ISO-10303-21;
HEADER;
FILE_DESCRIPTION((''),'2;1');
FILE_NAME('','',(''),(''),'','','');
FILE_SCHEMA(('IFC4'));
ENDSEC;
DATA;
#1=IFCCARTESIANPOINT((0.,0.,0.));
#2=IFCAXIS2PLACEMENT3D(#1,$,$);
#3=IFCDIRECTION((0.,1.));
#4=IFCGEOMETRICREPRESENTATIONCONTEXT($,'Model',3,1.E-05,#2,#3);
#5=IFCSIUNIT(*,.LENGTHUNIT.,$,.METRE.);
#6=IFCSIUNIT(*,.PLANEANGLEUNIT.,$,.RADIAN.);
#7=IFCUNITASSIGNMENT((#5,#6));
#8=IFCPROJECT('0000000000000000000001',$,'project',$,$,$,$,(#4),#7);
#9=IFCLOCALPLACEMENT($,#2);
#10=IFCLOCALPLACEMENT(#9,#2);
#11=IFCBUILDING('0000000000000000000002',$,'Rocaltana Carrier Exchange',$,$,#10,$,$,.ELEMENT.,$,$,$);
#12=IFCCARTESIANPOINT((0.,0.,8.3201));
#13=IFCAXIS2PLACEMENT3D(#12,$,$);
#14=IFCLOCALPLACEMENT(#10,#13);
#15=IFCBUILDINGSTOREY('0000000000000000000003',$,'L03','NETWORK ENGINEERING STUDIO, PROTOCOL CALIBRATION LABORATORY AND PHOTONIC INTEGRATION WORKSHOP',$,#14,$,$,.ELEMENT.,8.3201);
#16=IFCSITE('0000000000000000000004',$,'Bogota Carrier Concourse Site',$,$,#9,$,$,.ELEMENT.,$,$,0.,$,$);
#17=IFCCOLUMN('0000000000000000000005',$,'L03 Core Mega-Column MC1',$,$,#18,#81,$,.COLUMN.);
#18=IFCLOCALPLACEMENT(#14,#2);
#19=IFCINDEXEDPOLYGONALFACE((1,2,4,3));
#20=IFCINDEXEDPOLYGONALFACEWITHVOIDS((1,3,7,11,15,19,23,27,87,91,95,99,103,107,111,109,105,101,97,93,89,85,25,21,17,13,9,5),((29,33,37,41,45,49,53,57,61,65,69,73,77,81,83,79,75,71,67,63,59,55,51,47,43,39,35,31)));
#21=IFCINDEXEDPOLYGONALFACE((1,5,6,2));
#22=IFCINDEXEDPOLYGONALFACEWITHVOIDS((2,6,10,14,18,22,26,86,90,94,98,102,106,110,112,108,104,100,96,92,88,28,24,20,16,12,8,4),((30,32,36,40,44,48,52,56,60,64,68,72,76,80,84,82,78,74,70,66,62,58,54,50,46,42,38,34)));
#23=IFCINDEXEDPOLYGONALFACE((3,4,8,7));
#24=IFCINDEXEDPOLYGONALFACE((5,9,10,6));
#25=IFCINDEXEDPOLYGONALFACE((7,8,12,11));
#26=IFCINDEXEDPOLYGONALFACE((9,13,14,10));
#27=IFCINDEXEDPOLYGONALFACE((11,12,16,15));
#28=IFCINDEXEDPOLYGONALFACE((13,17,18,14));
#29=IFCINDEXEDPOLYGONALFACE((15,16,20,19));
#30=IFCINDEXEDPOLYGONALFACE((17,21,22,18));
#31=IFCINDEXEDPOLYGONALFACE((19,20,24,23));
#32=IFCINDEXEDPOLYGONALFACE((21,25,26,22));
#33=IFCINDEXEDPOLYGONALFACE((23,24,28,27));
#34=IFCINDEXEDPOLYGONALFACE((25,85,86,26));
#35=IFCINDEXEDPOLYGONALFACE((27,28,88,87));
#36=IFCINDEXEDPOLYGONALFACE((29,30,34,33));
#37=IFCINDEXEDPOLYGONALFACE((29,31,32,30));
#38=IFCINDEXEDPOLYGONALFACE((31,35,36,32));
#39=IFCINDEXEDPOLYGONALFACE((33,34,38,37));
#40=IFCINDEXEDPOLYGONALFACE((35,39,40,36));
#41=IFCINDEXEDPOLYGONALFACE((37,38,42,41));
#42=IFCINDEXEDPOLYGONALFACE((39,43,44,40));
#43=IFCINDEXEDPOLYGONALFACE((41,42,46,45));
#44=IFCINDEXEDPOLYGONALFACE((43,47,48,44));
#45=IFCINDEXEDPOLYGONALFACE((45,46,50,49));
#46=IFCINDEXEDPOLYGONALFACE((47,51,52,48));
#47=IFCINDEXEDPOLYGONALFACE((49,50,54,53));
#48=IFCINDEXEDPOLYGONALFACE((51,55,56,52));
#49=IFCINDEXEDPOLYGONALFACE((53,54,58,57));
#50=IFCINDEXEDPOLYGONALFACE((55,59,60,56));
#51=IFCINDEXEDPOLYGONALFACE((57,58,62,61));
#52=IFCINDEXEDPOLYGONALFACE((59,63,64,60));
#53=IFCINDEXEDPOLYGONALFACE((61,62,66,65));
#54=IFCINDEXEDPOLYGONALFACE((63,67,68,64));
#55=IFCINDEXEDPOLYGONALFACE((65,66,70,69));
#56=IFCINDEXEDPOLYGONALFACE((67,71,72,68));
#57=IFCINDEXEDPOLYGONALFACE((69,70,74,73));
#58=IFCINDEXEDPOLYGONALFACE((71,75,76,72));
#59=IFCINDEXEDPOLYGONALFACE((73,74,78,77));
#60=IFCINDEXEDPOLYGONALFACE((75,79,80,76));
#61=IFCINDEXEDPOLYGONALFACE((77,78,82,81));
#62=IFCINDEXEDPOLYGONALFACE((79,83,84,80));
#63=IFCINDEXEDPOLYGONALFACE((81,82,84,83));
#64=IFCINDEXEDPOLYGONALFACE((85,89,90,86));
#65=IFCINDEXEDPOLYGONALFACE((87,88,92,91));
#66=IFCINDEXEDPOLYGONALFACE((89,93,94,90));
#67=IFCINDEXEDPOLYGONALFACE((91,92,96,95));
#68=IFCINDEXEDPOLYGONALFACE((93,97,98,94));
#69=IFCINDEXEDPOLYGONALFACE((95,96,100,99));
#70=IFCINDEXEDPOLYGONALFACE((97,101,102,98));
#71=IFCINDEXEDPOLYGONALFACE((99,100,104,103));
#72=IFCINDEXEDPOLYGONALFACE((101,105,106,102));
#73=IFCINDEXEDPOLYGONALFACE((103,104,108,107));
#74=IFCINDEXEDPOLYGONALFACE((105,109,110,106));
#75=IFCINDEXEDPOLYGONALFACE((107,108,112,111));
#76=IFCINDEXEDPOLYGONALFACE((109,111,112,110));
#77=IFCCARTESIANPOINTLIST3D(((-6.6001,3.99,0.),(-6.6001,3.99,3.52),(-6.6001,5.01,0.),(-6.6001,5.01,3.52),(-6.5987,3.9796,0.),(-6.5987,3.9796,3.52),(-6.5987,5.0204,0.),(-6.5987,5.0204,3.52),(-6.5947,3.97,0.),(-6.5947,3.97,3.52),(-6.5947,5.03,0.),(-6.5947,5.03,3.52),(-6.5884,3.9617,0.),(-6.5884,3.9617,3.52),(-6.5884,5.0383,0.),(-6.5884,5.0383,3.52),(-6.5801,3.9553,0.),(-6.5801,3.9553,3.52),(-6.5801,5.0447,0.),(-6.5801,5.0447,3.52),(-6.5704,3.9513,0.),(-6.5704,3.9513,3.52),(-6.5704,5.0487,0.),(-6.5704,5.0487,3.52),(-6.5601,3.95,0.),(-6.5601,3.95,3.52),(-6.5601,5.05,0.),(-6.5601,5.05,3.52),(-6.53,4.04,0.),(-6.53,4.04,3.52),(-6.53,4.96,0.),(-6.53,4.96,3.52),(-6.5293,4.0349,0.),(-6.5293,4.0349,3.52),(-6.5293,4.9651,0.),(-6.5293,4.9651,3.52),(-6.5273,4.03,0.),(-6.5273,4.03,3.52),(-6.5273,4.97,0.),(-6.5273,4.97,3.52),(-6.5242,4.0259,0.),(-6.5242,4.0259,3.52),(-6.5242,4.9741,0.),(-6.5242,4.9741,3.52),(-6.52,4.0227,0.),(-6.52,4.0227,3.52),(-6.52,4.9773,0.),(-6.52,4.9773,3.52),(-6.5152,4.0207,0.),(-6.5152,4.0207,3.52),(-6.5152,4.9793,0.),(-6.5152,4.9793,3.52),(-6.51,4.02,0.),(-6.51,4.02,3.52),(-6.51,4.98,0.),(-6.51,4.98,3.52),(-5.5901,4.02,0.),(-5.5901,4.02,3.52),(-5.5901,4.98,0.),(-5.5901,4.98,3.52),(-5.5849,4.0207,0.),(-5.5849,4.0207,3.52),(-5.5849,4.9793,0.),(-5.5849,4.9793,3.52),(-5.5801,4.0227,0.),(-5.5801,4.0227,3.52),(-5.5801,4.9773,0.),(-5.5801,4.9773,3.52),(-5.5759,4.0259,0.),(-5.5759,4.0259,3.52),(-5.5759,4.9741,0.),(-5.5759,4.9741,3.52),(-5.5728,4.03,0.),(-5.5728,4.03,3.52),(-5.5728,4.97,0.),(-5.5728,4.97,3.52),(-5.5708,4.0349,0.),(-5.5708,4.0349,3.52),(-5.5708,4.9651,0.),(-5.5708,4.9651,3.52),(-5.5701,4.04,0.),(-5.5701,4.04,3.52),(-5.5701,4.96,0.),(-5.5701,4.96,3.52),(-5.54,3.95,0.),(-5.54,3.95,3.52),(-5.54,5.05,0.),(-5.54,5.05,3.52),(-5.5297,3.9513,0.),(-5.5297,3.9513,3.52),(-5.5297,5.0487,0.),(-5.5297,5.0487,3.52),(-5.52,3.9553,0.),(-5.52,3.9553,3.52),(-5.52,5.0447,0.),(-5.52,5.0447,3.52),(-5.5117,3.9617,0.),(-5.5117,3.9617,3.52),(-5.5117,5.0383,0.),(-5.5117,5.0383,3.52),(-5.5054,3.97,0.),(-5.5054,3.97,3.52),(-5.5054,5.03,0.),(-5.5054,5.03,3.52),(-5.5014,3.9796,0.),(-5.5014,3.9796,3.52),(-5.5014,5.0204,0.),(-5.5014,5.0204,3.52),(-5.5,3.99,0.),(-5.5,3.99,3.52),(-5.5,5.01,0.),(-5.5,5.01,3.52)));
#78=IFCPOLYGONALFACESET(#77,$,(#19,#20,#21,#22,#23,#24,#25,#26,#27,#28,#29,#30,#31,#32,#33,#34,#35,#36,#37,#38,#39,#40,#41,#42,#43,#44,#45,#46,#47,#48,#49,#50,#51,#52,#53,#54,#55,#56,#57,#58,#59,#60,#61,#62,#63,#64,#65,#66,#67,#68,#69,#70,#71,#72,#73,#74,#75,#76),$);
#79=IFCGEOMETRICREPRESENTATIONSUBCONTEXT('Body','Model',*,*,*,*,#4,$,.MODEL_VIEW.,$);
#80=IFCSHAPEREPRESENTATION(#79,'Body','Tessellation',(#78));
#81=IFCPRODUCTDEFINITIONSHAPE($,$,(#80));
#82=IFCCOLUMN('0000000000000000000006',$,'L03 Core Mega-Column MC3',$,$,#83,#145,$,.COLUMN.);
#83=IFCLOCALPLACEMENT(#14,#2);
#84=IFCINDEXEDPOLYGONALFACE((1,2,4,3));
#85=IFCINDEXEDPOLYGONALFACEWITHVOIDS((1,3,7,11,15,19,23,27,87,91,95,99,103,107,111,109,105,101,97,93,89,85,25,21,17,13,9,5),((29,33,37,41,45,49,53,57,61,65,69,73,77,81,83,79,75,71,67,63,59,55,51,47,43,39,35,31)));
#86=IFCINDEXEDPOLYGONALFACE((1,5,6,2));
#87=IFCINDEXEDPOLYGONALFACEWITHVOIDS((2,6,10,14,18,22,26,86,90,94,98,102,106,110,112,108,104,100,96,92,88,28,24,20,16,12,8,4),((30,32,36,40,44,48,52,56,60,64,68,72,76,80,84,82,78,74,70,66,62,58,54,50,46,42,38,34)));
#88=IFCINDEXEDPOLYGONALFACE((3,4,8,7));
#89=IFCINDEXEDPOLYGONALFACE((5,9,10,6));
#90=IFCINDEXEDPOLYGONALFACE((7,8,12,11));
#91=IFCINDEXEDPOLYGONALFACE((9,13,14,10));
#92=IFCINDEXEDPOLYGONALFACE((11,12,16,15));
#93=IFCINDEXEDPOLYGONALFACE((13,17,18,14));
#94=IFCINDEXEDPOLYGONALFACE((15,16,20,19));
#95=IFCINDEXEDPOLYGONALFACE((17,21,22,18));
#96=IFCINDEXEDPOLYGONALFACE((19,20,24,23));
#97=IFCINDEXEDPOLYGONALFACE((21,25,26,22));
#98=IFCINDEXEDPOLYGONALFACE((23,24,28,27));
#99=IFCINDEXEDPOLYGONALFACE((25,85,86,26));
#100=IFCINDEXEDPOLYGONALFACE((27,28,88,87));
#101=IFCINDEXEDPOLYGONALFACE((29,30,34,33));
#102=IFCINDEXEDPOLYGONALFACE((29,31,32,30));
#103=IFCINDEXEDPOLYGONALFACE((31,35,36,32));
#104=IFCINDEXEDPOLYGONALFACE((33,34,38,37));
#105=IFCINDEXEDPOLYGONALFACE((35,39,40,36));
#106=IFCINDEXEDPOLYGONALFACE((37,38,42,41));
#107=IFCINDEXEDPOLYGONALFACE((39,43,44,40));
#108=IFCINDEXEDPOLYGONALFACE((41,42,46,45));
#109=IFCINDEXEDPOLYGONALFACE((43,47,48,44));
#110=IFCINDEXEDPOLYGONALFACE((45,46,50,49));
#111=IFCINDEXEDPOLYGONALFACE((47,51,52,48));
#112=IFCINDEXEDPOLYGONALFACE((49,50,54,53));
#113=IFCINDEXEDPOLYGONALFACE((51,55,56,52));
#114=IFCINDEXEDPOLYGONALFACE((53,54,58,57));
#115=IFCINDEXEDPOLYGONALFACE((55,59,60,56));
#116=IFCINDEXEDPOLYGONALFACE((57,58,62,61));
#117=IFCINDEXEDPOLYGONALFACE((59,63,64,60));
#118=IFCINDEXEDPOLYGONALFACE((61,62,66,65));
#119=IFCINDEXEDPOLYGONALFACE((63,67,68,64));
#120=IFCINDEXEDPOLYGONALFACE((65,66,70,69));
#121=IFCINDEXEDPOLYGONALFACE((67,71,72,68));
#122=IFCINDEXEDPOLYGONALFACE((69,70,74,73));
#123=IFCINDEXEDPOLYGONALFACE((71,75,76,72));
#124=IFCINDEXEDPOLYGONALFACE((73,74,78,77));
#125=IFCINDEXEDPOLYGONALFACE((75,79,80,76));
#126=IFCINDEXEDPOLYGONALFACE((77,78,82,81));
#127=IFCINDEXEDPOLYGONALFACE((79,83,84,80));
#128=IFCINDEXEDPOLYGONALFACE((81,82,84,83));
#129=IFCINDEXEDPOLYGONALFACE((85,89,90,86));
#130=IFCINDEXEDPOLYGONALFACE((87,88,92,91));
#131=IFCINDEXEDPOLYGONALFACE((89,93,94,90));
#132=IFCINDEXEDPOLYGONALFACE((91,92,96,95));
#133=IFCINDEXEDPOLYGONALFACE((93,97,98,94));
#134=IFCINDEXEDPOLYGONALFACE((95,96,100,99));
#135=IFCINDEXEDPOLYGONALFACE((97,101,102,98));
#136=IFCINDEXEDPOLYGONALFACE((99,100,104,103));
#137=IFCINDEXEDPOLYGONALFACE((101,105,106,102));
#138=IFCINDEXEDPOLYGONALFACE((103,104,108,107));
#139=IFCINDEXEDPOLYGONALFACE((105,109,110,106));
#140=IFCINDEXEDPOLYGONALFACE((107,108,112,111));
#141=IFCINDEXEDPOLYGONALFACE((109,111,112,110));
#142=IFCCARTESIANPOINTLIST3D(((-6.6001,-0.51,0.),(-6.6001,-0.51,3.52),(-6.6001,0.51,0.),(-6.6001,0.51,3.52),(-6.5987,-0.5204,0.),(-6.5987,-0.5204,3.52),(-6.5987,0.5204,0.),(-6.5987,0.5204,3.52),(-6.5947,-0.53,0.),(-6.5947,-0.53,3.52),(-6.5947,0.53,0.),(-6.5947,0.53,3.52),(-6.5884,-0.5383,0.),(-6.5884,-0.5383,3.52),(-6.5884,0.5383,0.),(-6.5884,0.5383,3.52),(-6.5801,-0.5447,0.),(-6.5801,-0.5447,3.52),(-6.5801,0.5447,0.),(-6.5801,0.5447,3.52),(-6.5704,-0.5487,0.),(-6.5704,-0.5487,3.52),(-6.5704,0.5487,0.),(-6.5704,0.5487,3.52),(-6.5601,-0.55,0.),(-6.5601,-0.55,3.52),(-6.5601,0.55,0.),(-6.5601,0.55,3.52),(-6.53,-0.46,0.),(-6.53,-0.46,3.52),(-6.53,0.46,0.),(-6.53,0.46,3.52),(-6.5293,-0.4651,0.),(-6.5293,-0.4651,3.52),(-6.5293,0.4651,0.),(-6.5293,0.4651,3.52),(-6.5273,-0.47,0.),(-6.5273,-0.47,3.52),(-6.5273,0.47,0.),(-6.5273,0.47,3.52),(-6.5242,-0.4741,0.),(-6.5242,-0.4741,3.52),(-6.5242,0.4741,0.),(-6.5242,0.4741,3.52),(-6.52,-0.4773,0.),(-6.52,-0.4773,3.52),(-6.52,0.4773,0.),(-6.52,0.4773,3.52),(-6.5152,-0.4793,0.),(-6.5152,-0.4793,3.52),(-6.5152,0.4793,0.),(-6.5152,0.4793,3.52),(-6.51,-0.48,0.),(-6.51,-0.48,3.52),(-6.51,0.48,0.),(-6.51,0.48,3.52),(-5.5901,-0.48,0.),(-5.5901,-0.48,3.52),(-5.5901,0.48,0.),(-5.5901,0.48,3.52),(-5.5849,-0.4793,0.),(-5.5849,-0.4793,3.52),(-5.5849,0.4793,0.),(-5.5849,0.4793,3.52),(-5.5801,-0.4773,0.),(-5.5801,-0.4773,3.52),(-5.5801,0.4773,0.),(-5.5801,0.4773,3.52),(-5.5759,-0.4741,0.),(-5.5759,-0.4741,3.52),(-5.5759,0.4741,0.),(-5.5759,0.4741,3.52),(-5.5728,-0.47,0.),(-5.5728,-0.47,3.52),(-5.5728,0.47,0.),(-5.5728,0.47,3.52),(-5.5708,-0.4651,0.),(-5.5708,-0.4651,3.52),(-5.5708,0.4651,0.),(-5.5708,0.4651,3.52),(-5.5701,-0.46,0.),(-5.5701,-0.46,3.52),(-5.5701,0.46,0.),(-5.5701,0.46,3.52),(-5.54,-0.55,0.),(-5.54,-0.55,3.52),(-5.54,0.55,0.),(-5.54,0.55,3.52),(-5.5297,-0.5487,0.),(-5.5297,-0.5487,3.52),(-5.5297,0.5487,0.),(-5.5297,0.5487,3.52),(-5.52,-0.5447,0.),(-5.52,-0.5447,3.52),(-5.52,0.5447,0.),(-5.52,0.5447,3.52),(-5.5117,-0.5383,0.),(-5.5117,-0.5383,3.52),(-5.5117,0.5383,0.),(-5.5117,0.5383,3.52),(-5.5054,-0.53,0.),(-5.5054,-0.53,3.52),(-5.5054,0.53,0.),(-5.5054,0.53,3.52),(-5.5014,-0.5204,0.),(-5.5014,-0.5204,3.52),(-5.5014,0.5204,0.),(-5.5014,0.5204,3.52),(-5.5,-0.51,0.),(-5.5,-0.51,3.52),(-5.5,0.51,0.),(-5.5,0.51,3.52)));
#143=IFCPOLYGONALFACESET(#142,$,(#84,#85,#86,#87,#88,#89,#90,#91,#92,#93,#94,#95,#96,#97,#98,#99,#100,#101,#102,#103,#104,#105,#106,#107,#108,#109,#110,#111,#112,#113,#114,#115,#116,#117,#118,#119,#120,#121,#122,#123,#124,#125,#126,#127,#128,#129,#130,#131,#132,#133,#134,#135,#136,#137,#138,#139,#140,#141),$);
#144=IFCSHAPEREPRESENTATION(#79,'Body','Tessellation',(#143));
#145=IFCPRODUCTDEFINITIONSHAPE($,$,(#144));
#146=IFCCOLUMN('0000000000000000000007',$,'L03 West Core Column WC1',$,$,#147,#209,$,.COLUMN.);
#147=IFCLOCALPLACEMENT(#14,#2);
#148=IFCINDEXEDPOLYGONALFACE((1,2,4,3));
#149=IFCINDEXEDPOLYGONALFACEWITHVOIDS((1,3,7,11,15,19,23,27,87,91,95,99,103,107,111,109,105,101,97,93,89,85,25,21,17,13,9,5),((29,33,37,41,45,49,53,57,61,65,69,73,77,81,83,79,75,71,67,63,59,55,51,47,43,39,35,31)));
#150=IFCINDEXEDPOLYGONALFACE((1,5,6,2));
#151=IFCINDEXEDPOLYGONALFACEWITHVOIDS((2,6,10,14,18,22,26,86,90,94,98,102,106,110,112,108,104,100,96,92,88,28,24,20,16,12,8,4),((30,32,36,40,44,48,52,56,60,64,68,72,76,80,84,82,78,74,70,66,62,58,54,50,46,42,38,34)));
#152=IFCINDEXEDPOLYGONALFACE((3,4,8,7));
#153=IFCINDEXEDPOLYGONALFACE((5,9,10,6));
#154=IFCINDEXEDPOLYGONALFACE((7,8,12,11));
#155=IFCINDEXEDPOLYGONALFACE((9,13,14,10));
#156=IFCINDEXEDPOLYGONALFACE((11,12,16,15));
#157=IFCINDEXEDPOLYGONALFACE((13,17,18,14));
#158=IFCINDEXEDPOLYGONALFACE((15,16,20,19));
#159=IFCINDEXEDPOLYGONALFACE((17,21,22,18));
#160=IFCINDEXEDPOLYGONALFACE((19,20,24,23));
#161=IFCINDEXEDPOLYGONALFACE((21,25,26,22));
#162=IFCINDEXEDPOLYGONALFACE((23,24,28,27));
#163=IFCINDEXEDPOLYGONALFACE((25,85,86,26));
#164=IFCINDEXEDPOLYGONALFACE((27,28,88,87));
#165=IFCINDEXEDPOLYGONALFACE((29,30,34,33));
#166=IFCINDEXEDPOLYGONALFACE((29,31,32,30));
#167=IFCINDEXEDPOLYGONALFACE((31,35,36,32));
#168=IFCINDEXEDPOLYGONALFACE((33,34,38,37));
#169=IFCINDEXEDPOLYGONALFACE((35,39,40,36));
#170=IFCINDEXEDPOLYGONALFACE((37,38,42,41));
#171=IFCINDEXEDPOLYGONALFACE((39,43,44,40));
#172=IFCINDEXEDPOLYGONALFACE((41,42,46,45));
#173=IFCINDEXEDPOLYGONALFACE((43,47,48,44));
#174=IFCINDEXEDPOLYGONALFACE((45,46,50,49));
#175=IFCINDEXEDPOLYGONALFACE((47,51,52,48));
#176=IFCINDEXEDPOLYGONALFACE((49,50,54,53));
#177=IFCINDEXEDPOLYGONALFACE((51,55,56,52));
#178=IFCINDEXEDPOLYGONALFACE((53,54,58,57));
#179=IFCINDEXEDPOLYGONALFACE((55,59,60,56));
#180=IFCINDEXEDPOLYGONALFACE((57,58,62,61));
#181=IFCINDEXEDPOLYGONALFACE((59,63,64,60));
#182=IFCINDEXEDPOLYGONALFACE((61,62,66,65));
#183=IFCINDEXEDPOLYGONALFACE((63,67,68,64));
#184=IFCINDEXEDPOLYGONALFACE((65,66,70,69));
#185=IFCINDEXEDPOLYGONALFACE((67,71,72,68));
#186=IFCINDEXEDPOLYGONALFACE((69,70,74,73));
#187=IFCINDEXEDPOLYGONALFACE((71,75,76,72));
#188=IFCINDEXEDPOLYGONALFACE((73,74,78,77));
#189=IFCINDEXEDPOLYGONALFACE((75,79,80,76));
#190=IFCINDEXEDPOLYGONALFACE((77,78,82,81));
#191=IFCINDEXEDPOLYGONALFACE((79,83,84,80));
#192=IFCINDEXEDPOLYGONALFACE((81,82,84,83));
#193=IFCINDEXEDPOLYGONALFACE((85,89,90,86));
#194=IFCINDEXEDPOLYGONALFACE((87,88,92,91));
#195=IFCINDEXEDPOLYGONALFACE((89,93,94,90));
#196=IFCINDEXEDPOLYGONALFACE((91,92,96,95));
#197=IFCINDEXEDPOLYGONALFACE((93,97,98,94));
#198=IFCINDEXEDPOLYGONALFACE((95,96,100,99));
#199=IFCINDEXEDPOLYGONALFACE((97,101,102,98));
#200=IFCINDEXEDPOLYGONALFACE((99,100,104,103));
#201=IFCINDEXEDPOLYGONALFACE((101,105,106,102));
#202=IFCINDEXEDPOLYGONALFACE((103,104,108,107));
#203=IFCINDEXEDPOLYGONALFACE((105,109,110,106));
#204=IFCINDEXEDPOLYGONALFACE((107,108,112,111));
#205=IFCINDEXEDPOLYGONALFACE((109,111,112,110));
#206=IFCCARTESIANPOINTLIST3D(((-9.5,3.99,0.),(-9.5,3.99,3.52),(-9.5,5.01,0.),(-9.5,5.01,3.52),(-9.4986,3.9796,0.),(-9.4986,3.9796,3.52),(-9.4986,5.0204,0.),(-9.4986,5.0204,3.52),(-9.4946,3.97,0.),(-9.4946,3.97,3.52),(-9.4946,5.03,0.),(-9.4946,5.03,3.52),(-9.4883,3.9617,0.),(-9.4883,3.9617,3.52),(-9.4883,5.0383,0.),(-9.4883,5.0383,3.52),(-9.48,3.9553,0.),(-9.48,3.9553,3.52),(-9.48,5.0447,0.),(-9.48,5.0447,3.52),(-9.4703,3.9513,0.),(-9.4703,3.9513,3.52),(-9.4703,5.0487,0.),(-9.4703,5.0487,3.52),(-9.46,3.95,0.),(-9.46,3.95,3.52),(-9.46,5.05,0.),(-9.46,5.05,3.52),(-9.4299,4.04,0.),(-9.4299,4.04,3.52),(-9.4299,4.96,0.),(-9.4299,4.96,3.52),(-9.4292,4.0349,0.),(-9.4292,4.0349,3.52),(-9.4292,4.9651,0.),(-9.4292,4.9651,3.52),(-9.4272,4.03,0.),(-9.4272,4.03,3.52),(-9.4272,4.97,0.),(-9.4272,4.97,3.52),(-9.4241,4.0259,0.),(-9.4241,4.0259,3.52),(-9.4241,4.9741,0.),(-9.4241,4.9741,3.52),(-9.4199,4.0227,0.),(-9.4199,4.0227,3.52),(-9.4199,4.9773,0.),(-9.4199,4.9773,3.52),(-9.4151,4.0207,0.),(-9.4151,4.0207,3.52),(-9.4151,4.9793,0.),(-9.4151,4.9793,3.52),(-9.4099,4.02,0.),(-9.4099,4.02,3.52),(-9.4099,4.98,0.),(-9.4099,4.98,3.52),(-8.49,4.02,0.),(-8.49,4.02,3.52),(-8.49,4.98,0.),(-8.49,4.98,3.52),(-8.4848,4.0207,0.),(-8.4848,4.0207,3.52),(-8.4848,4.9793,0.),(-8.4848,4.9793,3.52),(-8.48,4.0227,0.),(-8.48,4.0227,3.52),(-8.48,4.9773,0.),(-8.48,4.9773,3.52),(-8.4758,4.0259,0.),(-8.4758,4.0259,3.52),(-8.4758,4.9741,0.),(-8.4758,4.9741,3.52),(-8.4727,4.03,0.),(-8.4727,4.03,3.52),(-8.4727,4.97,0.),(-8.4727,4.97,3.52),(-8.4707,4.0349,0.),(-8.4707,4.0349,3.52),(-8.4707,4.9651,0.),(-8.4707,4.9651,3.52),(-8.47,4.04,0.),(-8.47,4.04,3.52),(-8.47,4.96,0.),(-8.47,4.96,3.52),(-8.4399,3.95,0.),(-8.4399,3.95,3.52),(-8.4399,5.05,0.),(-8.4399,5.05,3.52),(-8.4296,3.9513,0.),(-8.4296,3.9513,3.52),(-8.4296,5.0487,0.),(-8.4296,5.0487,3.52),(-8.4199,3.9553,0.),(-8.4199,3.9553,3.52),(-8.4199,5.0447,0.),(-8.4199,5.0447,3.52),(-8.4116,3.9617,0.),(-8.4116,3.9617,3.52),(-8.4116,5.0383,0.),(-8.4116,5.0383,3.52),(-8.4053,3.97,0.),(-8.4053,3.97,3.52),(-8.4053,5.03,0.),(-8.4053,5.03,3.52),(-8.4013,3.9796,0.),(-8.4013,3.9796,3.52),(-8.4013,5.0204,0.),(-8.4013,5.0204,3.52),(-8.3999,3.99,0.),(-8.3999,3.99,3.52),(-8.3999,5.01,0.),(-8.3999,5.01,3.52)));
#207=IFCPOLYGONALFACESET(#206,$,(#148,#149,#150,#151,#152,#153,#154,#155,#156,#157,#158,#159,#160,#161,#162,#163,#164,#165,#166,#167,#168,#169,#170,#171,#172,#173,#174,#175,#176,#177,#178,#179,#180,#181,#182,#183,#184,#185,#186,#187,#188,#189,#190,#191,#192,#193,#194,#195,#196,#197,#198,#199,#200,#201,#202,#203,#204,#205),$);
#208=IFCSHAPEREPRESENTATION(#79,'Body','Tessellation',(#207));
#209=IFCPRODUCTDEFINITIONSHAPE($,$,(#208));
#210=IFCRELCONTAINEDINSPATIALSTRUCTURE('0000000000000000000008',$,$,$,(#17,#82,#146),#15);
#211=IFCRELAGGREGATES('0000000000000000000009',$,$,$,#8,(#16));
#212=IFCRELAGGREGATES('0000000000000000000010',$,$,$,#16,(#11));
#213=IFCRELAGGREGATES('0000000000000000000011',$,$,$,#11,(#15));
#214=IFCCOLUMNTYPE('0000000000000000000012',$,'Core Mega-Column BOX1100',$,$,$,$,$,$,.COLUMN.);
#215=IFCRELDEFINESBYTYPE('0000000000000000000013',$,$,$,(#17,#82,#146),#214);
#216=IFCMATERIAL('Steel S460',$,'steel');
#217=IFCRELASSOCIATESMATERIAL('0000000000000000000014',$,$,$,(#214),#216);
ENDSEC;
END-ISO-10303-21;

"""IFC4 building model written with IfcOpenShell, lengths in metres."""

from ifc_helpers import new_model, si_unit, direction, frame, origin, origin_2d, place, context, subcontext, project, spatial, hollow_rectangle, extrude, material, material_profile, profile_set, type_object, element, save


model = new_model("IFC4")

# Units and contexts
model_context = context("Model", 3, precision=1e-05, world=origin(), true_north=direction((0.0, 1.0)))
body_context = subcontext(model_context, "Body", "Model", "MODEL_VIEW")
ifc_project = project(units=[si_unit("LENGTHUNIT", "METRE"), si_unit("PLANEANGLEUNIT", "RADIAN")], contexts=[model_context])

# Site, building, storey
site_placement = place(None, origin())
site = spatial("IfcSite", under=ifc_project, at=site_placement, Name="Bogota Carrier Concourse Site", CompositionType="ELEMENT", RefElevation=0.0)
building_placement = place(site_placement, origin())
building = spatial("IfcBuilding", under=site, at=building_placement, Name="Rocaltana Carrier Exchange", CompositionType="ELEMENT")
storey_placement = place(building_placement, frame((0.0, 0.0, 8.3201)))
storey = spatial("IfcBuildingStorey", under=building, at=storey_placement, Name="L03", Description="NETWORK ENGINEERING STUDIO, PROTOCOL CALIBRATION LABORATORY AND PHOTONIC INTEGRATION WORKSHOP", CompositionType="ELEMENT", Elevation=8.3201)

# Columns
ifc_material_1 = material(Name="Steel S460", Category="steel")
ifc_material_profile_1 = material_profile(ifc_material_1, hollow_rectangle(XDim=1.1001, YDim=1.1001, WallThickness=0.0701, InnerFilletRadius=0.02, OuterFilletRadius=0.04, at=origin_2d()), Name="BOX1100X1100X70")
ifc_profile_set_1 = profile_set([ifc_material_profile_1], Name="Steel S460")
column_type_1 = type_object("IfcColumnType", Name="Core Mega-Column BOX1100", PredefinedType="COLUMN", material=ifc_profile_set_1)
for number, where, z_axis, x_axis, name in (
    (1, (-6.05, 4.5, 0.0), (0.0, 0.0, 1.0), (1.0, 0.0, 0.0), "L03 Core Mega-Column MC1"),
    (2, (-6.05, 0.0, 0.0), (0.0, 0.0, 1.0), (1.0, 0.0, 0.0), "L03 Core Mega-Column MC3"),
    (3, (-8.95, 4.5, 0.0), (0.0, 0.0, 1.0), (1.0, 0.0, 0.0), "L03 West Core Column WC1"),
):
    element("IfcColumn", number, at=place(storey_placement, frame(where, z_axis=z_axis, x_axis=x_axis)), inside=storey, type_object=column_type_1, Name=name, PredefinedType="COLUMN", context=body_context, shape_type="SweptSolid", body=[
        extrude(hollow_rectangle(XDim=1.1001, YDim=1.1001, WallThickness=0.0701, InnerFilletRadius=0.02, OuterFilletRadius=0.04, at=origin_2d()), origin(), (0.0, 0.0, 1.0), 3.52),
    ])

save(model, "model.ifc")
